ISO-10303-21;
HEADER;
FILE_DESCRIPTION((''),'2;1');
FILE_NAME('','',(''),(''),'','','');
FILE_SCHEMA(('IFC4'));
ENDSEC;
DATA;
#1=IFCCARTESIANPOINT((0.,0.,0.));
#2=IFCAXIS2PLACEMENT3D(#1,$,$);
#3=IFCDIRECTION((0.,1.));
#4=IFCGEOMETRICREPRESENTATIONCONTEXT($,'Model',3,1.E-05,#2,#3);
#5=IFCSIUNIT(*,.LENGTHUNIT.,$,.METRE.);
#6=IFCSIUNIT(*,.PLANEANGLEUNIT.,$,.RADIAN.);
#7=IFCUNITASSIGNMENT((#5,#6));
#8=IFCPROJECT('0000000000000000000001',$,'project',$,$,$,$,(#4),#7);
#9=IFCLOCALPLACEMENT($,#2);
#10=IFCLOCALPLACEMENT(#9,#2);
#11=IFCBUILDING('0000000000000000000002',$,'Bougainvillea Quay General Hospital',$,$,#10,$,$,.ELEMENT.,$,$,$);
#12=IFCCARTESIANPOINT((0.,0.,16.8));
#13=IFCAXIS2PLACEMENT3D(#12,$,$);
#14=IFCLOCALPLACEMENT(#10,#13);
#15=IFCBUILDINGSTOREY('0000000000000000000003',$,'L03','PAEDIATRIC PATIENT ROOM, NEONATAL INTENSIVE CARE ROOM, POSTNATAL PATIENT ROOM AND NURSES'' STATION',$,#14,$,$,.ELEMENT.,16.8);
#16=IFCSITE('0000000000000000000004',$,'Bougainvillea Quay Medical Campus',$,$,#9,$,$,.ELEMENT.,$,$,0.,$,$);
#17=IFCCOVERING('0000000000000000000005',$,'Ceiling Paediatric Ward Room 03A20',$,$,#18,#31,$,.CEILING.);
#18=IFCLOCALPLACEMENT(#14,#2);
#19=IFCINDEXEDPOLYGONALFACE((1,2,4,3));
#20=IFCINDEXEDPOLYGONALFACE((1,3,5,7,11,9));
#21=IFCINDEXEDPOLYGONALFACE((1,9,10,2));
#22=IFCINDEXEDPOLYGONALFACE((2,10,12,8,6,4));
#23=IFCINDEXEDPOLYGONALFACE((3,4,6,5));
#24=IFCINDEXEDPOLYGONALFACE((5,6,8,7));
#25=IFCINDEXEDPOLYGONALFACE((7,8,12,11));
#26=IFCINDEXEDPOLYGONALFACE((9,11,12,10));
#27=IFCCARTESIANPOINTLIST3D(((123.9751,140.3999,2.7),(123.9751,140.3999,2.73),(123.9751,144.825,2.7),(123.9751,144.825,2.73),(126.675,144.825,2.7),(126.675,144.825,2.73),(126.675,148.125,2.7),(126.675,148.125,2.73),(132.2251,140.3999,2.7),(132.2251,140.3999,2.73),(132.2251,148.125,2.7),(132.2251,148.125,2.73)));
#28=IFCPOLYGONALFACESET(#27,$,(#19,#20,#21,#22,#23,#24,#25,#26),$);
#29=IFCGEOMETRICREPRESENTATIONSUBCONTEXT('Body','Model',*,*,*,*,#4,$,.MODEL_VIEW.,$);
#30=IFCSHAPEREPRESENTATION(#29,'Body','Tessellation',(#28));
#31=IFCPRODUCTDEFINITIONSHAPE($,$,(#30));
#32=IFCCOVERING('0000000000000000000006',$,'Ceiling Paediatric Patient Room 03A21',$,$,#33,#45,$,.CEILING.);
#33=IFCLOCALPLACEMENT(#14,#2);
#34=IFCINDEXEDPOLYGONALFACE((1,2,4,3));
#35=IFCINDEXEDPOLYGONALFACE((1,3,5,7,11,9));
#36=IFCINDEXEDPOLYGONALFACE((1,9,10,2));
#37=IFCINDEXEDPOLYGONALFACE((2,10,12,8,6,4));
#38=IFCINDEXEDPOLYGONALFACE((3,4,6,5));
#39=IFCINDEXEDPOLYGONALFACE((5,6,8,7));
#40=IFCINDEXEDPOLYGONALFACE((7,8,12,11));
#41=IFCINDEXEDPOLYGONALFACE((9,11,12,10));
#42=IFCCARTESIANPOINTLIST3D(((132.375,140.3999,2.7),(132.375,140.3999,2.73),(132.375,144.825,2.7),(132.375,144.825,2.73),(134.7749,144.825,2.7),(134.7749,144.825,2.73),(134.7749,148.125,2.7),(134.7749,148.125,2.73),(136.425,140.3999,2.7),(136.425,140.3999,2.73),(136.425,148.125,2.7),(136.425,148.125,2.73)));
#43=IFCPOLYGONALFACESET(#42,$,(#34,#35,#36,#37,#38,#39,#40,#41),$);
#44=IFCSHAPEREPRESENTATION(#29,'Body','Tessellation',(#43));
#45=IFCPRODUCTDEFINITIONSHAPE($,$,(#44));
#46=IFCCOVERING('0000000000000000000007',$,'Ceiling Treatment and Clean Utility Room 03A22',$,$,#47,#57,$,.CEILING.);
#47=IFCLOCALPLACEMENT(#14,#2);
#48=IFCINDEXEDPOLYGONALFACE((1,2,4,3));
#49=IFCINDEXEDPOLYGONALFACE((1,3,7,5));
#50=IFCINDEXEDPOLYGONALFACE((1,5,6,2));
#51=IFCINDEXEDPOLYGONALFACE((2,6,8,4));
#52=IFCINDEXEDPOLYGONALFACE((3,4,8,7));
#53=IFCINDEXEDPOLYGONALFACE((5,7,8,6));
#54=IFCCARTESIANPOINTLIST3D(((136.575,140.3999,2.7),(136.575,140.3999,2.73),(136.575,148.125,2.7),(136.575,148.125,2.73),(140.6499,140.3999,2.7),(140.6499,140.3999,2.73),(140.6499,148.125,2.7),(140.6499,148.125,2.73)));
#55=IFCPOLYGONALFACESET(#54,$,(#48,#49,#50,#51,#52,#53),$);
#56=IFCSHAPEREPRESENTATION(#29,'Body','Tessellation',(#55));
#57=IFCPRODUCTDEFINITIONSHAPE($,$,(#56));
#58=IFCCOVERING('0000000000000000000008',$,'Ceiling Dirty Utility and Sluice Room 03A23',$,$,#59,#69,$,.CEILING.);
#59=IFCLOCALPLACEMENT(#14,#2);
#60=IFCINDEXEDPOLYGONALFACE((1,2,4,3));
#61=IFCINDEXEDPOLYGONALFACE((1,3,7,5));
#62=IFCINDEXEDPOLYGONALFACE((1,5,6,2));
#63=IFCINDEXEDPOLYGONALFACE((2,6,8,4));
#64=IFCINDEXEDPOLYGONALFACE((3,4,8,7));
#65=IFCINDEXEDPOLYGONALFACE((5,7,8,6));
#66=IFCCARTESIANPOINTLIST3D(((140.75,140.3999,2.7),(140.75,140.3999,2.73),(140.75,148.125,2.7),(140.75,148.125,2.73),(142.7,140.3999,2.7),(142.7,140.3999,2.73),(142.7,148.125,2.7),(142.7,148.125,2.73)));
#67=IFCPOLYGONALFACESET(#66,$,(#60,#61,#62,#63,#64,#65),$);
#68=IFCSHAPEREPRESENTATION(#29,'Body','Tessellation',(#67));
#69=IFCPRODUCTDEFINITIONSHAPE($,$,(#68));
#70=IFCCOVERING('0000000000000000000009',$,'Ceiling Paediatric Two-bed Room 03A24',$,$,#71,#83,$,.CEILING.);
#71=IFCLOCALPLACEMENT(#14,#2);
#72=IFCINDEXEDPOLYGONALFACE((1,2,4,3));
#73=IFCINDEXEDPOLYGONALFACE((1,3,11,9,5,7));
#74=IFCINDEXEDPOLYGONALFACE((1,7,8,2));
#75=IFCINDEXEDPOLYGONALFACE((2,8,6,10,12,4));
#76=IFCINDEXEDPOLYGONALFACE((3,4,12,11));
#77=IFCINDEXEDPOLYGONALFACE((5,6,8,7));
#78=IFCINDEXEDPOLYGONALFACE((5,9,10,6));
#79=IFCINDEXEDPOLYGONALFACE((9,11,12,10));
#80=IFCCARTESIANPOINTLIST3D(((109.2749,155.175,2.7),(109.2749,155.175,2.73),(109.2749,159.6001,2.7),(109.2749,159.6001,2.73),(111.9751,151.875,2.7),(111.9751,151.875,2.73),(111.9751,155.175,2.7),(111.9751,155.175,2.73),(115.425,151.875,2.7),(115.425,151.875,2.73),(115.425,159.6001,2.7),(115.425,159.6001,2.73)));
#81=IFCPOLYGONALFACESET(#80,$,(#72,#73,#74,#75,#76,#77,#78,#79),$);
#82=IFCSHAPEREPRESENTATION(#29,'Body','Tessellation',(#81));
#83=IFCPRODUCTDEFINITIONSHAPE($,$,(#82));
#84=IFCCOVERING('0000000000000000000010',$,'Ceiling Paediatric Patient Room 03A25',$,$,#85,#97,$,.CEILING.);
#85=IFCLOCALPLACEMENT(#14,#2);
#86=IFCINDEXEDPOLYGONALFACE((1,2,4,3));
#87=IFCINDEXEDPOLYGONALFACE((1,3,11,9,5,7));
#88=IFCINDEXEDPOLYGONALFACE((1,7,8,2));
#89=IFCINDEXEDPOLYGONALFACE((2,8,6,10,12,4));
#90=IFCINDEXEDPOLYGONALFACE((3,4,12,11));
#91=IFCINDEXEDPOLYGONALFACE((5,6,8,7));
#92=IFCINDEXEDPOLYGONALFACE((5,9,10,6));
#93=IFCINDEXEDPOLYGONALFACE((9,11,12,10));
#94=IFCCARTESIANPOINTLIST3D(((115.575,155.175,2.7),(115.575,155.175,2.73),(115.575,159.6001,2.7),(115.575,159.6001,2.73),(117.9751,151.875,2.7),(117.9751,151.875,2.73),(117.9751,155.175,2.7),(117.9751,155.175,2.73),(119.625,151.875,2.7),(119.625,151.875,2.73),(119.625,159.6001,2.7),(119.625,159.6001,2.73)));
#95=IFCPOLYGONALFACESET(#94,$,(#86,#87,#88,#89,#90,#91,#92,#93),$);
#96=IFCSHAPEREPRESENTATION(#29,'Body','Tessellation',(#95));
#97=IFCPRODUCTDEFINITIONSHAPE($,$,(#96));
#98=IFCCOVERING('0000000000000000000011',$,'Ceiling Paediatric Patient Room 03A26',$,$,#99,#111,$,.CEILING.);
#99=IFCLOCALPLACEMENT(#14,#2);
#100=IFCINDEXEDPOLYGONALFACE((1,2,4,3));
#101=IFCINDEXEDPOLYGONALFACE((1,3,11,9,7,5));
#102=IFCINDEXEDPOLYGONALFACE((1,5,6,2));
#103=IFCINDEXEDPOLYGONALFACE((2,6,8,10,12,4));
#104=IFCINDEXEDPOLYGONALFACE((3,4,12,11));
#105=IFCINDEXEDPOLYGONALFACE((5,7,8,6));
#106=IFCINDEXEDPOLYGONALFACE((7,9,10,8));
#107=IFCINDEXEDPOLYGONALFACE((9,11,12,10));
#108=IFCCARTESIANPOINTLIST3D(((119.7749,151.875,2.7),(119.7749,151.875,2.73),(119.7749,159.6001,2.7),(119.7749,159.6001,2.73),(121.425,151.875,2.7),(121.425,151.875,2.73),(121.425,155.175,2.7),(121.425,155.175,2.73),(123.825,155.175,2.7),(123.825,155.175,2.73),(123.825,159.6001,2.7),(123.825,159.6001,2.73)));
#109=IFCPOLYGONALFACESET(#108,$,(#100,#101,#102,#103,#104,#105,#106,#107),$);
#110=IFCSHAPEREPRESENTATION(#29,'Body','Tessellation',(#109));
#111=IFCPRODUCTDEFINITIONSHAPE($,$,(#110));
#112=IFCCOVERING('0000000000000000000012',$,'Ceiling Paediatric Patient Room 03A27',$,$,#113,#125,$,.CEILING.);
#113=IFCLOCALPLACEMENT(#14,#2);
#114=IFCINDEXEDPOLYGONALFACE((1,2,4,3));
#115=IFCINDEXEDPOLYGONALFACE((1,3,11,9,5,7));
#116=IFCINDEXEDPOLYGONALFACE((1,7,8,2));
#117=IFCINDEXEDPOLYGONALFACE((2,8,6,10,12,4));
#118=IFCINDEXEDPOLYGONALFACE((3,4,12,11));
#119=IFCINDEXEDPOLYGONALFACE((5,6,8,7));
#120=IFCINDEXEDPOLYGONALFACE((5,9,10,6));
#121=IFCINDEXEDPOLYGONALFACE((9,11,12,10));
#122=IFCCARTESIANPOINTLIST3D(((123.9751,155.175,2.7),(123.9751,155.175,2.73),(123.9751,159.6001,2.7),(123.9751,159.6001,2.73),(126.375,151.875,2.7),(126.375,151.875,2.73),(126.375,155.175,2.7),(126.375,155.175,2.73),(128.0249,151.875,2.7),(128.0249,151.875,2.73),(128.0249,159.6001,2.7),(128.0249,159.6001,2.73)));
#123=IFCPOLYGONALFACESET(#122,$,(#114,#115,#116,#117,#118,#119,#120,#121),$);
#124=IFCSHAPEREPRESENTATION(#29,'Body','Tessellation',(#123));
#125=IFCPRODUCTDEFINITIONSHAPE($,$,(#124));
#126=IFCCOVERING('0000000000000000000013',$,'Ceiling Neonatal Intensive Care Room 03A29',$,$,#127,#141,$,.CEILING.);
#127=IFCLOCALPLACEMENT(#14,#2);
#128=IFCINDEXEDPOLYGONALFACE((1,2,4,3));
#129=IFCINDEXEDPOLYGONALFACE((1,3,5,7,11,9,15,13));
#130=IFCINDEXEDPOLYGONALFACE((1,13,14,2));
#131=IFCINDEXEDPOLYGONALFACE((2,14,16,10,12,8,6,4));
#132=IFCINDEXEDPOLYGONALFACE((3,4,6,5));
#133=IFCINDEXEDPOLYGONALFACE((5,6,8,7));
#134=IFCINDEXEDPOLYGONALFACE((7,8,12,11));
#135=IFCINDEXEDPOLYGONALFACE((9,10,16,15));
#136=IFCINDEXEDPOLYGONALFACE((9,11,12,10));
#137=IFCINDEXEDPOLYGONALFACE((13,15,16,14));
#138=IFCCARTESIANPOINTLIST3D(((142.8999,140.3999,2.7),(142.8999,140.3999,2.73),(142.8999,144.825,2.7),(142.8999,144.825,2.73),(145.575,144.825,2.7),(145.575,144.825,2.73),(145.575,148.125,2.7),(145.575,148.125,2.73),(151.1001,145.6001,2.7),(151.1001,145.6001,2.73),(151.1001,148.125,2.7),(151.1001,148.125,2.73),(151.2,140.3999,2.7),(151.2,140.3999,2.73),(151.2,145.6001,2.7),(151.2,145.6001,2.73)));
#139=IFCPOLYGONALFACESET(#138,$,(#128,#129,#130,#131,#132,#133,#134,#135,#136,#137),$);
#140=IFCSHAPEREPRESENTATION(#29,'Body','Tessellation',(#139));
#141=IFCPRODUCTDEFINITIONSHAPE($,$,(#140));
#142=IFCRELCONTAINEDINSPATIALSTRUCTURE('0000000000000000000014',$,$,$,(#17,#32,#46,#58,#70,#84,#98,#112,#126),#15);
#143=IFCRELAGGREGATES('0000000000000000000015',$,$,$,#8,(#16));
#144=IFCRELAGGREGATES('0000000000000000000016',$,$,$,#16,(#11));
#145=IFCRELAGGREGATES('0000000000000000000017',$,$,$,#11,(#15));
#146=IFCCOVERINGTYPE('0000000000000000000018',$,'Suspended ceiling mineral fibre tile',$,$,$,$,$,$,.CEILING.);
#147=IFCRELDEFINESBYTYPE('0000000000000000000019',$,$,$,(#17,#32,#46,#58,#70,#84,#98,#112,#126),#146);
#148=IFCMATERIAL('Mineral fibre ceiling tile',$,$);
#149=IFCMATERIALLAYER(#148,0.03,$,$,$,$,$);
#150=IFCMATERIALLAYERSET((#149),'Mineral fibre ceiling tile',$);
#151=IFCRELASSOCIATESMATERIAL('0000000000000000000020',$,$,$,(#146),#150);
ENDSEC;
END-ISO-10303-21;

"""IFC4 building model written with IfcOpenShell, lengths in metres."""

from ifc_helpers import new_model, si_unit, direction, frame, origin, place, context, subcontext, project, spatial, polyline, outline, extrude, material, layer, layer_set, type_object, element, save


model = new_model("IFC4")

# Units and contexts
model_context = context("Model", 3, precision=1e-05, world=origin(), true_north=direction((0.0, 1.0)))
body_context = subcontext(model_context, "Body", "Model", "MODEL_VIEW")
ifc_project = project(units=[si_unit("LENGTHUNIT", "METRE"), si_unit("PLANEANGLEUNIT", "RADIAN")], contexts=[model_context])

# Site, building, storey
site_placement = place(None, origin())
site = spatial("IfcSite", under=ifc_project, at=site_placement, Name="Bougainvillea Quay Medical Campus", CompositionType="ELEMENT", RefElevation=0.0)
building_placement = place(site_placement, origin())
building = spatial("IfcBuilding", under=site, at=building_placement, Name="Bougainvillea Quay General Hospital", CompositionType="ELEMENT")
storey_placement = place(building_placement, frame((0.0, 0.0, 16.8)))
storey = spatial("IfcBuildingStorey", under=building, at=storey_placement, Name="L03", Description="PAEDIATRIC PATIENT ROOM, NEONATAL INTENSIVE CARE ROOM, POSTNATAL PATIENT ROOM AND NURSES' STATION", CompositionType="ELEMENT", Elevation=16.8)

# Coverings
ifc_material = material(Name="Mineral fibre ceiling tile")
ifc_layer = layer(ifc_material, 0.03)
ifc_layer_set = layer_set([ifc_layer], Name="Mineral fibre ceiling tile")
covering_type = type_object("IfcCoveringType", Name="Suspended ceiling mineral fibre tile", PredefinedType="CEILING", material=ifc_layer_set)
covering_1_placement = place(storey_placement, frame((0.0, 0.0, 2.7)))
element("IfcCovering", 1, at=covering_1_placement, inside=storey, type_object=covering_type, Name="Ceiling Paediatric Ward Room 03A20", PredefinedType="CEILING", context=body_context, shape_type="SweptSolid", body=[
    extrude(outline(polyline([(132.2251, 140.3999), (132.2251, 148.125), (126.675, 148.125), (126.675, 144.825), (123.9751, 144.825), (123.9751, 140.3999), (132.2251, 140.3999)])), origin(), (0.0, 0.0, 1.0), 0.03),
])
covering_2_placement = place(storey_placement, frame((0.0, 0.0, 2.7)))
element("IfcCovering", 2, at=covering_2_placement, inside=storey, type_object=covering_type, Name="Ceiling Paediatric Patient Room 03A21", PredefinedType="CEILING", context=body_context, shape_type="SweptSolid", body=[
    extrude(outline(polyline([(136.425, 140.3999), (136.425, 148.125), (134.7749, 148.125), (134.7749, 144.825), (132.375, 144.825), (132.375, 140.3999), (136.425, 140.3999)])), origin(), (0.0, 0.0, 1.0), 0.03),
])
covering_3_placement = place(storey_placement, frame((0.0, 0.0, 2.7)))
element("IfcCovering", 3, at=covering_3_placement, inside=storey, type_object=covering_type, Name="Ceiling Treatment and Clean Utility Room 03A22", PredefinedType="CEILING", context=body_context, shape_type="SweptSolid", body=[
    extrude(outline(polyline([(140.6499, 140.3999), (140.6499, 148.125), (136.575, 148.125), (136.575, 140.3999), (140.6499, 140.3999)])), origin(), (0.0, 0.0, 1.0), 0.03),
])
covering_4_placement = place(storey_placement, frame((0.0, 0.0, 2.7)))
element("IfcCovering", 4, at=covering_4_placement, inside=storey, type_object=covering_type, Name="Ceiling Dirty Utility and Sluice Room 03A23", PredefinedType="CEILING", context=body_context, shape_type="SweptSolid", body=[
    extrude(outline(polyline([(142.7, 140.3999), (142.7, 148.125), (140.75, 148.125), (140.75, 140.3999), (142.7, 140.3999)])), origin(), (0.0, 0.0, 1.0), 0.03),
])
covering_5_placement = place(storey_placement, frame((0.0, 0.0, 2.7)))
element("IfcCovering", 5, at=covering_5_placement, inside=storey, type_object=covering_type, Name="Ceiling Paediatric Two-bed Room 03A24", PredefinedType="CEILING", context=body_context, shape_type="SweptSolid", body=[
    extrude(outline(polyline([(109.2749, 159.6001), (109.2749, 155.175), (111.9751, 155.175), (111.9751, 151.875), (115.425, 151.875), (115.425, 159.6001), (109.2749, 159.6001)])), origin(), (0.0, 0.0, 1.0), 0.03),
])
covering_6_placement = place(storey_placement, frame((0.0, 0.0, 2.7)))
element("IfcCovering", 6, at=covering_6_placement, inside=storey, type_object=covering_type, Name="Ceiling Paediatric Patient Room 03A25", PredefinedType="CEILING", context=body_context, shape_type="SweptSolid", body=[
    extrude(outline(polyline([(115.575, 159.6001), (115.575, 155.175), (117.9751, 155.175), (117.9751, 151.875), (119.625, 151.875), (119.625, 159.6001), (115.575, 159.6001)])), origin(), (0.0, 0.0, 1.0), 0.03),
])
covering_7_placement = place(storey_placement, frame((0.0, 0.0, 2.7)))
element("IfcCovering", 7, at=covering_7_placement, inside=storey, type_object=covering_type, Name="Ceiling Paediatric Patient Room 03A26", PredefinedType="CEILING", context=body_context, shape_type="SweptSolid", body=[
    extrude(outline(polyline([(119.7749, 159.6001), (119.7749, 151.875), (121.425, 151.875), (121.425, 155.175), (123.825, 155.175), (123.825, 159.6001), (119.7749, 159.6001)])), origin(), (0.0, 0.0, 1.0), 0.03),
])
covering_8_placement = place(storey_placement, frame((0.0, 0.0, 2.7)))
element("IfcCovering", 8, at=covering_8_placement, inside=storey, type_object=covering_type, Name="Ceiling Paediatric Patient Room 03A27", PredefinedType="CEILING", context=body_context, shape_type="SweptSolid", body=[
    extrude(outline(polyline([(123.9751, 159.6001), (123.9751, 155.175), (126.375, 155.175), (126.375, 151.875), (128.0249, 151.875), (128.0249, 159.6001), (123.9751, 159.6001)])), origin(), (0.0, 0.0, 1.0), 0.03),
])
covering_9_placement = place(storey_placement, frame((0.0, 0.0, 2.7)))
element("IfcCovering", 9, at=covering_9_placement, inside=storey, type_object=covering_type, Name="Ceiling Neonatal Intensive Care Room 03A29", PredefinedType="CEILING", context=body_context, shape_type="SweptSolid", body=[
    extrude(outline(polyline([(151.2, 145.6001), (151.1001, 145.6001), (151.1001, 148.125), (145.575, 148.125), (145.575, 144.825), (142.8999, 144.825), (142.8999, 140.3999), (151.2, 140.3999), (151.2, 145.6001)])), origin(), (0.0, 0.0, 1.0), 0.03),
])

save(model, "model.ifc")
